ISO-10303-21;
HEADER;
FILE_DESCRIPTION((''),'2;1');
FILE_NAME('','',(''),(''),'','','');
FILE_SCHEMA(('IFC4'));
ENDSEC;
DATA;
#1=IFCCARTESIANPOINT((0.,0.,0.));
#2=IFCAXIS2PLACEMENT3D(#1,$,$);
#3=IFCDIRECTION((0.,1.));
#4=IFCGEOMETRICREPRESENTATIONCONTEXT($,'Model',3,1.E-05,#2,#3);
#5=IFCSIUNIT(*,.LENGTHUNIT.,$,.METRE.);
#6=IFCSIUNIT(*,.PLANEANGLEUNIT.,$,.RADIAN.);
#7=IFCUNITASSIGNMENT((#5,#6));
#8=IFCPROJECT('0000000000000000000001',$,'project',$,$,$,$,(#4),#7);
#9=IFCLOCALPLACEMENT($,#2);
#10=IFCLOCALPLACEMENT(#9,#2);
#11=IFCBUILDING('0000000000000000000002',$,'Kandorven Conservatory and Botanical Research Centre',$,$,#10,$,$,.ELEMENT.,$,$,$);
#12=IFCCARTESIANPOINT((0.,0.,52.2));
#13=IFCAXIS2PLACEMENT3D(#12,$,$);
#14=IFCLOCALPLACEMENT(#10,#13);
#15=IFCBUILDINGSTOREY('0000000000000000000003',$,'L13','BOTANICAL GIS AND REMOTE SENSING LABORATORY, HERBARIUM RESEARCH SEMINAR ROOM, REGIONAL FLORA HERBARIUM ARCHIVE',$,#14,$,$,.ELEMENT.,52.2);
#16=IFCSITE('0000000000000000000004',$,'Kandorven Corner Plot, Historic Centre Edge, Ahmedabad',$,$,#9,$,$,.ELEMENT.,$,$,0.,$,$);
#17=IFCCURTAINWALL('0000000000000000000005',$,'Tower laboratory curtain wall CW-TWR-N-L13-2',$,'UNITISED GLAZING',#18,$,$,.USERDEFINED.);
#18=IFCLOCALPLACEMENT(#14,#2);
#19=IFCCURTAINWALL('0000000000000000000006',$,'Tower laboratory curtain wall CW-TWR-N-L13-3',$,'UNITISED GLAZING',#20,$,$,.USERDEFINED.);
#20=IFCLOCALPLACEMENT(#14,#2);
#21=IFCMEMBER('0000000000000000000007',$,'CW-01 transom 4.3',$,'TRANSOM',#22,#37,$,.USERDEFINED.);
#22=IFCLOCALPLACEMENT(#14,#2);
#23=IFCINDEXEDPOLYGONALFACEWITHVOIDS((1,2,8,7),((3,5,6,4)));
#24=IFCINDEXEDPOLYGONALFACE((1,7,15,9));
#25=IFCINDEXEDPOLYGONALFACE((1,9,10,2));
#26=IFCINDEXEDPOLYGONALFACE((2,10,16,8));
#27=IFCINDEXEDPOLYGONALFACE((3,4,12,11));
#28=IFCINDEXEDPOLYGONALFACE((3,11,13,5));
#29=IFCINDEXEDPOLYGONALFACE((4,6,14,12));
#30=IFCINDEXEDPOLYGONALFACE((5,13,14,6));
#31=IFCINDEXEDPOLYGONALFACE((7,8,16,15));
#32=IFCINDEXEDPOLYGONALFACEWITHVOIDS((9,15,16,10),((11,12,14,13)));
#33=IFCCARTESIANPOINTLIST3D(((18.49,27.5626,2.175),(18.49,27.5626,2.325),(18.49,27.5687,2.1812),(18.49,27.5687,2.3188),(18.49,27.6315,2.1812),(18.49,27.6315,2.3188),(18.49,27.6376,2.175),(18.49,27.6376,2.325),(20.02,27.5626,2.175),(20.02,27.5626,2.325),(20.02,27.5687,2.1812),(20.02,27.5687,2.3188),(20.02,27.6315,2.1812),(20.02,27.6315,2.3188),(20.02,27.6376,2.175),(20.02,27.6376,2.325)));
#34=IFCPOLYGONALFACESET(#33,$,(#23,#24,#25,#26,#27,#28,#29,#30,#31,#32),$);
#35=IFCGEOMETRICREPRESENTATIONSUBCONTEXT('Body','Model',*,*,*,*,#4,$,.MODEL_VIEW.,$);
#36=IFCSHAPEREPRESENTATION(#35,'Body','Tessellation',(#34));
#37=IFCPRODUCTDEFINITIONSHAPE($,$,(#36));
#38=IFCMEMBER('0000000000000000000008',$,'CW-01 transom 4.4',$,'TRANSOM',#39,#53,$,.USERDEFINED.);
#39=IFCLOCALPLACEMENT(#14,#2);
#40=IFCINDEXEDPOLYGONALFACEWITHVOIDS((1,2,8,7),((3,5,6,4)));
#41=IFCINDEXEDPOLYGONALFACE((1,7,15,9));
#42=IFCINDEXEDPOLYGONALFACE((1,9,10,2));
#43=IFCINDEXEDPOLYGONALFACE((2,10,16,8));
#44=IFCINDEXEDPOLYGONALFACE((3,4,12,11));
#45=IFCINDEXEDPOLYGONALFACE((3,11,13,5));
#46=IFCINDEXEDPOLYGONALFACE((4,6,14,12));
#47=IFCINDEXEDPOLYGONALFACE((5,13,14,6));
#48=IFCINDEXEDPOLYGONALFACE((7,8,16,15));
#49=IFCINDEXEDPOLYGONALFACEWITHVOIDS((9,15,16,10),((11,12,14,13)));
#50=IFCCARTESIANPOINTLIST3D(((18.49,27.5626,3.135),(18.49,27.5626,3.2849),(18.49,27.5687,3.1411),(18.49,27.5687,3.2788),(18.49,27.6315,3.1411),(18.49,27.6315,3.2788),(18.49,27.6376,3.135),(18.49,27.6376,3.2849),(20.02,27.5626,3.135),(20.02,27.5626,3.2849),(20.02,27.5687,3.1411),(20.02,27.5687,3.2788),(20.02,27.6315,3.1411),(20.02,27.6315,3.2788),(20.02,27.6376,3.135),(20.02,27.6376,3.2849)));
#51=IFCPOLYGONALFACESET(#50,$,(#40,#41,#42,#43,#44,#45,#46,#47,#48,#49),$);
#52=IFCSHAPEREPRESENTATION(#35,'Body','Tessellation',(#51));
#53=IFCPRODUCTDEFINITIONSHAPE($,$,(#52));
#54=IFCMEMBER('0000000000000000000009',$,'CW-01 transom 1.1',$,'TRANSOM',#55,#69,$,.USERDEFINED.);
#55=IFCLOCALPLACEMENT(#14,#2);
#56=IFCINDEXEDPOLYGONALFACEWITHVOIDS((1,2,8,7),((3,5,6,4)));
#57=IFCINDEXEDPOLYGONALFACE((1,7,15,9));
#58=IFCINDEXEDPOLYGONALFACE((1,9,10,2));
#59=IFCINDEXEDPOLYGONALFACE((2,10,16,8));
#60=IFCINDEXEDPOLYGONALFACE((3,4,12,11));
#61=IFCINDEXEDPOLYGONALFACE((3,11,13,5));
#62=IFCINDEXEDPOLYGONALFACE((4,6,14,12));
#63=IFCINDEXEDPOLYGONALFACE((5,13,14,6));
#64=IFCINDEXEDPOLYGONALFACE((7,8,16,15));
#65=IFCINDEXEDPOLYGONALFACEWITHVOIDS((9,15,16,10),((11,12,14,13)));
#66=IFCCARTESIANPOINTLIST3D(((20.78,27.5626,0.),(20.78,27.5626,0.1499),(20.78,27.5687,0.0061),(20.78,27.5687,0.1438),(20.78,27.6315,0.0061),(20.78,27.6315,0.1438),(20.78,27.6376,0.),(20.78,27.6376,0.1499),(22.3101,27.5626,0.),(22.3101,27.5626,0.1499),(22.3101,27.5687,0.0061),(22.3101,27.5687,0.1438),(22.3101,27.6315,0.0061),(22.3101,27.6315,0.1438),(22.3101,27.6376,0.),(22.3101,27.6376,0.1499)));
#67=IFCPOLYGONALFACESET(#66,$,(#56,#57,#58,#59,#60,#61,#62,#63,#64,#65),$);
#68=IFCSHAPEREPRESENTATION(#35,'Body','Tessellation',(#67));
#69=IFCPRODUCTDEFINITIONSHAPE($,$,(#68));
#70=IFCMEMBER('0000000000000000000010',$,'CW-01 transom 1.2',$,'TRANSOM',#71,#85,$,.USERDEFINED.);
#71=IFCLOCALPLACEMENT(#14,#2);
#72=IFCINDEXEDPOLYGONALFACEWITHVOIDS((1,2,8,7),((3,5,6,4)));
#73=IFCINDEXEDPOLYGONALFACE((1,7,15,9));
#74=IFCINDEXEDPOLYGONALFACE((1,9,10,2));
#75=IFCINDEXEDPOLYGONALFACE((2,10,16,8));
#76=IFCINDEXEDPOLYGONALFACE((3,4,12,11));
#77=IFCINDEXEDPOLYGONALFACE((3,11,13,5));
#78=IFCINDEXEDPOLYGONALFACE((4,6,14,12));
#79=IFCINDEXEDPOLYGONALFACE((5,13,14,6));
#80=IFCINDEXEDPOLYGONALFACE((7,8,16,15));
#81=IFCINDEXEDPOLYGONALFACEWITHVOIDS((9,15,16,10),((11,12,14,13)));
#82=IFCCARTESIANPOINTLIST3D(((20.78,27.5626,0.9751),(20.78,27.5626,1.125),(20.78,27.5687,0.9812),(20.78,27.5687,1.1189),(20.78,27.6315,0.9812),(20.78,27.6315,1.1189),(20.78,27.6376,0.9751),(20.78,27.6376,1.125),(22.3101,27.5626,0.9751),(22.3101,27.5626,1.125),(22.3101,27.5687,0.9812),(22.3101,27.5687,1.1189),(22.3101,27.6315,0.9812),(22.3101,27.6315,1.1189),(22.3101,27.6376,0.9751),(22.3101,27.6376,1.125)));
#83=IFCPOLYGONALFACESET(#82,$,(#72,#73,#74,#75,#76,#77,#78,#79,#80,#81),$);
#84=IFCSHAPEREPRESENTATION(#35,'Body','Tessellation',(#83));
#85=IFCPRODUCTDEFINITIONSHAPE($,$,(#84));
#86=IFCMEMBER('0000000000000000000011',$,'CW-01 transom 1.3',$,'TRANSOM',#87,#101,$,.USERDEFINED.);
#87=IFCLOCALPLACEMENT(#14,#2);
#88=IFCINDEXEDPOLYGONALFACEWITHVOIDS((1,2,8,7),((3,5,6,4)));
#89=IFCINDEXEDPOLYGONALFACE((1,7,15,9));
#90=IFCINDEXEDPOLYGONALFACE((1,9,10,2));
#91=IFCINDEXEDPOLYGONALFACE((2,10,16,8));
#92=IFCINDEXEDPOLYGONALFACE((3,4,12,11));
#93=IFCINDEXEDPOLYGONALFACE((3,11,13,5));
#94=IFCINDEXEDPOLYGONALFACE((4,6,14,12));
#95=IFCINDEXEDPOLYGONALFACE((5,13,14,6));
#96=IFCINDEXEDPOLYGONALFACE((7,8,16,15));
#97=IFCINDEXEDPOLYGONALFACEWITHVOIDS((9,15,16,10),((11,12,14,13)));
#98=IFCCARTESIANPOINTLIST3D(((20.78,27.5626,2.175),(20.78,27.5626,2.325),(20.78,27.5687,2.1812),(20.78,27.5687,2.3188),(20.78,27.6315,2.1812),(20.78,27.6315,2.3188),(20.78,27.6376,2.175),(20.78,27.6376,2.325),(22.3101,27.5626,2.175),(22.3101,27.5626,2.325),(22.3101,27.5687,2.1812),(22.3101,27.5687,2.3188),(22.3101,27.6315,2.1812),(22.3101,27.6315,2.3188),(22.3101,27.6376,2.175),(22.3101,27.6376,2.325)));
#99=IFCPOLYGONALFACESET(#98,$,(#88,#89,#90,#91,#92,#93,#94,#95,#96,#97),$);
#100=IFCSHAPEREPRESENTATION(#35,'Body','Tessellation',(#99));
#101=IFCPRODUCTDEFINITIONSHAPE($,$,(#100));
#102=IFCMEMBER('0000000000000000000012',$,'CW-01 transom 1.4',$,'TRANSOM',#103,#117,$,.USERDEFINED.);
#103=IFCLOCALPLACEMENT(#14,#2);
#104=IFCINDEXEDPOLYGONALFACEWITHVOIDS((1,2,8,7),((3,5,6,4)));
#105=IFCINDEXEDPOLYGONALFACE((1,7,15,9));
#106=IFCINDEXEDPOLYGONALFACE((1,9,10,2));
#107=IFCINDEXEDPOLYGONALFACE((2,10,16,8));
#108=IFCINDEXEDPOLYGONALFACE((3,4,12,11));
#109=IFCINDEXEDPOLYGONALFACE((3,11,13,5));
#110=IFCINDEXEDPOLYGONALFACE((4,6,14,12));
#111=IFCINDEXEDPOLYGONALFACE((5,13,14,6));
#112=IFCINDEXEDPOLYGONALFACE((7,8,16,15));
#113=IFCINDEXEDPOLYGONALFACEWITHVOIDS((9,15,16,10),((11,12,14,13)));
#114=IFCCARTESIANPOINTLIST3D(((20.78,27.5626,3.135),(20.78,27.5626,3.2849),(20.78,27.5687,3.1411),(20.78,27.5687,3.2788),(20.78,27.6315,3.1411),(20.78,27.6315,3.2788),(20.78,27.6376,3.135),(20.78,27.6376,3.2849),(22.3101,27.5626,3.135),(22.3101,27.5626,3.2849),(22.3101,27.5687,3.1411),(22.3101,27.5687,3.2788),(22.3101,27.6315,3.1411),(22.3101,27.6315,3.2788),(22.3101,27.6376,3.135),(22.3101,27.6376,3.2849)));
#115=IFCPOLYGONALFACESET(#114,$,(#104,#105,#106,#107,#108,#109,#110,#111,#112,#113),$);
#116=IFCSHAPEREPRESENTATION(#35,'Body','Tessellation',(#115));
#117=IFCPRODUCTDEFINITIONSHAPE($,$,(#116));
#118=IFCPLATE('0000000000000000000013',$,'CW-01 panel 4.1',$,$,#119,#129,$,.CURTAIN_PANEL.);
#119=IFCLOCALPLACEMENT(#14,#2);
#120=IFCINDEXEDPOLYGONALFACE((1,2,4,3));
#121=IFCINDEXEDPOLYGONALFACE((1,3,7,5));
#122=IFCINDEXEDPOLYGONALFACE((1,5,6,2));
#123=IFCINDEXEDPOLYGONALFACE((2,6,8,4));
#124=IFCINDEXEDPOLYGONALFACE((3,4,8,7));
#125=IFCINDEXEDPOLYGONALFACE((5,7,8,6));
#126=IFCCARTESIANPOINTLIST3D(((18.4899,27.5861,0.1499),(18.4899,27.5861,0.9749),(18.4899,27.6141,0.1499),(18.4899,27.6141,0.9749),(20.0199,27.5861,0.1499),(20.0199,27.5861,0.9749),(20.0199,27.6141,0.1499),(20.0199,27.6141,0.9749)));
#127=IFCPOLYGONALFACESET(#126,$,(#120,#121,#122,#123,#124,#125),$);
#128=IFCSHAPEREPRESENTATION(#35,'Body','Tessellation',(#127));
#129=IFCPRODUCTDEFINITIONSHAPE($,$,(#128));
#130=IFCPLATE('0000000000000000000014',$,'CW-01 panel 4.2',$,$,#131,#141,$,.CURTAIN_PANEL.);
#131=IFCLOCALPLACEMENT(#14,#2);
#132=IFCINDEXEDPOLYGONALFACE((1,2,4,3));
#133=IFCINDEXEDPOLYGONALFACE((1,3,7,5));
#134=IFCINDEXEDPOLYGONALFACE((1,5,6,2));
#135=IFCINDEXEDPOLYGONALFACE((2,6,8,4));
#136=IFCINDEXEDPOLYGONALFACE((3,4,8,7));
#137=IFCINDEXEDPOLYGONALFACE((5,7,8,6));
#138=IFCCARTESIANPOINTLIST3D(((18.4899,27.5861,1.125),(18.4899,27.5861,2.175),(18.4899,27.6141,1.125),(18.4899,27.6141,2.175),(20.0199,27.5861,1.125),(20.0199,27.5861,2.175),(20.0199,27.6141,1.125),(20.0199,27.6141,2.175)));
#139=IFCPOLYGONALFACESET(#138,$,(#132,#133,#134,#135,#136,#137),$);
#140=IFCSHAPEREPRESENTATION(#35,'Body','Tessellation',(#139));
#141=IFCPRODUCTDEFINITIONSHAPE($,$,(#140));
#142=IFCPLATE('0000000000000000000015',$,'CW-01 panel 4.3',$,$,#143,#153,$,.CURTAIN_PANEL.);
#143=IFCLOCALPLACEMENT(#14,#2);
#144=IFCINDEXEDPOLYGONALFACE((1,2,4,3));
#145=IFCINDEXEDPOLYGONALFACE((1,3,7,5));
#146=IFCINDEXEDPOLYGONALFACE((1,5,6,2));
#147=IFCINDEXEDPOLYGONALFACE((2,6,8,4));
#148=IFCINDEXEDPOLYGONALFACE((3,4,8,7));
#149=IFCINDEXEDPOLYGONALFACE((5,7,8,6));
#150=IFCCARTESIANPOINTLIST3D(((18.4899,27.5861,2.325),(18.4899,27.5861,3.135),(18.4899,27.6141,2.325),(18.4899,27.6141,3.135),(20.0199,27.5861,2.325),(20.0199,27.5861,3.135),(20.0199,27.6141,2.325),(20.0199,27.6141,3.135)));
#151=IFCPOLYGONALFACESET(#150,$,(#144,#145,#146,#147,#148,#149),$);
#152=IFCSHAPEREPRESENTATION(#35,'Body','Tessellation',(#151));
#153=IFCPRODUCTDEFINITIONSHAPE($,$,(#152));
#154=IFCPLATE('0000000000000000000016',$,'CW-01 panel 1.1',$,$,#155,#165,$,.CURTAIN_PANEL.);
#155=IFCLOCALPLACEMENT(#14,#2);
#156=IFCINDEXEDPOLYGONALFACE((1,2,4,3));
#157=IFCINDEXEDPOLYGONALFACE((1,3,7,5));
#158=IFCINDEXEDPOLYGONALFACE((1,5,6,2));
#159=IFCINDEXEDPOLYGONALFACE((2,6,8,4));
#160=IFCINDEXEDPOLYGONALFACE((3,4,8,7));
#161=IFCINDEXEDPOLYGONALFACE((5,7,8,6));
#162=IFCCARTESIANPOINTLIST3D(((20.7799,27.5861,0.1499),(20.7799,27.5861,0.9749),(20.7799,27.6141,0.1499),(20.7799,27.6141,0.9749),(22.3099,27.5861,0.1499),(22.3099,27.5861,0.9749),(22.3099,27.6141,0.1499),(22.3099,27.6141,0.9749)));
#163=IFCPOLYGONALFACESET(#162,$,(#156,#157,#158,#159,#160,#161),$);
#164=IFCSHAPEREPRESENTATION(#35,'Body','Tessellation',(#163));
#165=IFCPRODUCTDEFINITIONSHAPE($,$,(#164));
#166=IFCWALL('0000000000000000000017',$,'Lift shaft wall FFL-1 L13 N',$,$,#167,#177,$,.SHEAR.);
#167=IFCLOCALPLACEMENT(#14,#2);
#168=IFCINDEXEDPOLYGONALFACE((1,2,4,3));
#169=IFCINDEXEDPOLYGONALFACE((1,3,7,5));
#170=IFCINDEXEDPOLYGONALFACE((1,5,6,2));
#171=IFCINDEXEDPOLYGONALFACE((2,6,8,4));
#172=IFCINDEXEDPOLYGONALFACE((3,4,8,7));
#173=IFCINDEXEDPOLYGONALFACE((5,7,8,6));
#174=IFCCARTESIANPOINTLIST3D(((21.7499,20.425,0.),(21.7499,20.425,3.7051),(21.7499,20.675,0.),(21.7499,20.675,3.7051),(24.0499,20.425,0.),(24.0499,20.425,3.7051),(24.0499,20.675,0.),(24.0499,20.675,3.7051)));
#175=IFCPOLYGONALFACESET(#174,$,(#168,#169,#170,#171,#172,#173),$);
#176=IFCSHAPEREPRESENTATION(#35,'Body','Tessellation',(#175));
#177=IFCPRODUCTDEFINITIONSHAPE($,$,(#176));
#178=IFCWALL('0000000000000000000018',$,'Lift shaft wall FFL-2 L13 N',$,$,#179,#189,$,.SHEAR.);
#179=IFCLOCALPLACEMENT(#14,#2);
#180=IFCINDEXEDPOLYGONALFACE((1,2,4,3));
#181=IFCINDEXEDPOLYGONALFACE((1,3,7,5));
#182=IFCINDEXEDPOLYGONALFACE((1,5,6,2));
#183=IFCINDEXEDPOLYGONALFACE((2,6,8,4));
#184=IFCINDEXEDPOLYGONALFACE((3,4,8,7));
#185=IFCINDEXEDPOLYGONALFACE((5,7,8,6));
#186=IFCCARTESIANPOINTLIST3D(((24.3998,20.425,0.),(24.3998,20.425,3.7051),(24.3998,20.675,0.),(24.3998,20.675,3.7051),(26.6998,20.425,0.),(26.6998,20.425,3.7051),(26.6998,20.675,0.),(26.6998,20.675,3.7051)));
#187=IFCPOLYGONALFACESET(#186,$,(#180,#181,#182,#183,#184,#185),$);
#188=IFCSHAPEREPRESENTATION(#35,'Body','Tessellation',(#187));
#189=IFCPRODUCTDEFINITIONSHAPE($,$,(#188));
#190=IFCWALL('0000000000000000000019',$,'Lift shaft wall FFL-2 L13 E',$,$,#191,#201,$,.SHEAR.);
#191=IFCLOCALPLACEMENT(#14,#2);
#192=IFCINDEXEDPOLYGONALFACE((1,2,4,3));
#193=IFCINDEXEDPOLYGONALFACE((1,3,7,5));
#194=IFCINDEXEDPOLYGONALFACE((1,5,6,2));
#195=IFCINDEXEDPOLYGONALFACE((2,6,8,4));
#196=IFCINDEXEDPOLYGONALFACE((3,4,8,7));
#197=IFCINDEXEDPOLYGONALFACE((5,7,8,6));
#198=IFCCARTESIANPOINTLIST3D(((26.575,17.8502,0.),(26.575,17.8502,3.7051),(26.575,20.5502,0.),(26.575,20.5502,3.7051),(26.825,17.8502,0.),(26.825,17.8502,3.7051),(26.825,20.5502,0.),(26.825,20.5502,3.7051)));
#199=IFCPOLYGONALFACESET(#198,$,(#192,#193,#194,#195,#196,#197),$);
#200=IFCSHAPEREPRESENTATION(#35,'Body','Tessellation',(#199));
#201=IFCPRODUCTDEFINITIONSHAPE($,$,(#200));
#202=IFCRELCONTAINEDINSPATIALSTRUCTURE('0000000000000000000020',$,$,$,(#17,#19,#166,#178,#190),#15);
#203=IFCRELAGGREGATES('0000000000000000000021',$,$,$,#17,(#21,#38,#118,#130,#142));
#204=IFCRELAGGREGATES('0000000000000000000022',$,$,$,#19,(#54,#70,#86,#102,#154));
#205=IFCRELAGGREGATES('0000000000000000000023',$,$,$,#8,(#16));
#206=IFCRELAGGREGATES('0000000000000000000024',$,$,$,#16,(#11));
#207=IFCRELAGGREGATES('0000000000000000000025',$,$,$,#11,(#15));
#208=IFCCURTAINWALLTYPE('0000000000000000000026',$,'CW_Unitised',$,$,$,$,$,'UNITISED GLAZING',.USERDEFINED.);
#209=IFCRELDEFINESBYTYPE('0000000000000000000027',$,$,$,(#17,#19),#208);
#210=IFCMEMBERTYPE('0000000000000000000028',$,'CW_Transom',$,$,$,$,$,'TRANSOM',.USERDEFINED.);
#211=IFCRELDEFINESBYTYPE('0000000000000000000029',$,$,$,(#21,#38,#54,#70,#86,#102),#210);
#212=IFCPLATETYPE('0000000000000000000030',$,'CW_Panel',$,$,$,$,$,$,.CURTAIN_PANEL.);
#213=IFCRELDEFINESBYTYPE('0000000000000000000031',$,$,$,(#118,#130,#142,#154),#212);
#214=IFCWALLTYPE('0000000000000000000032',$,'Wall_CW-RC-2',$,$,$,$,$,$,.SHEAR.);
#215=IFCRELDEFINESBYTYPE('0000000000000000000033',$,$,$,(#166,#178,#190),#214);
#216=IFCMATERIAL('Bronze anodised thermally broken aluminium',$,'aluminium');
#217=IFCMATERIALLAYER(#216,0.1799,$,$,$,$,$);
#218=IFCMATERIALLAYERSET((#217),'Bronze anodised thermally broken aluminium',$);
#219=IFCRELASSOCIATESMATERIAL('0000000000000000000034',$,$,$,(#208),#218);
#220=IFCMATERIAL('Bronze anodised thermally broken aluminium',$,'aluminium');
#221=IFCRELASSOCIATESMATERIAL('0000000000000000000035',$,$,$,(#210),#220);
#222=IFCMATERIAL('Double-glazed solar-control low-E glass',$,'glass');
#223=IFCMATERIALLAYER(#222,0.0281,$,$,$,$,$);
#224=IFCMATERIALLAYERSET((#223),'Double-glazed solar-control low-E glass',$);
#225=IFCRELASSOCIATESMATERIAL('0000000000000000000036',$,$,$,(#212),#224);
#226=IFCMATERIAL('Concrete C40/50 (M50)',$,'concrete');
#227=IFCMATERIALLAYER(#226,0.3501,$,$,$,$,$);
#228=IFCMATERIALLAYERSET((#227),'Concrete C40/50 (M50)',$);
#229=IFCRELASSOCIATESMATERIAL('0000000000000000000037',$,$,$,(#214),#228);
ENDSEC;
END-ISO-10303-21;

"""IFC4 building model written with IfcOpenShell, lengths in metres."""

from ifc_helpers import new_model, si_unit, direction, frame, frame_2d, origin, origin_2d, place, context, subcontext, project, spatial, rectangle, hollow_rectangle, extrude, material, layer, layer_set, material_profile, profile_set, type_object, element, aggregate, save


model = new_model("IFC4")

# Units and contexts
model_context = context("Model", 3, precision=1e-05, world=origin(), true_north=direction((0.0, 1.0)))
body_context = subcontext(model_context, "Body", "Model", "MODEL_VIEW")
ifc_project = project(units=[si_unit("LENGTHUNIT", "METRE"), si_unit("PLANEANGLEUNIT", "RADIAN")], contexts=[model_context])

# Site, building, storey
site_placement = place(None, origin())
site = spatial("IfcSite", under=ifc_project, at=site_placement, Name="Kandorven Corner Plot, Historic Centre Edge, Ahmedabad", CompositionType="ELEMENT", RefElevation=0.0)
building_placement = place(site_placement, origin())
building = spatial("IfcBuilding", under=site, at=building_placement, Name="Kandorven Conservatory and Botanical Research Centre", CompositionType="ELEMENT")
storey_placement = place(building_placement, frame((0.0, 0.0, 52.2)))
storey = spatial("IfcBuildingStorey", under=building, at=storey_placement, Name="L13", Description="BOTANICAL GIS AND REMOTE SENSING LABORATORY, HERBARIUM RESEARCH SEMINAR ROOM, REGIONAL FLORA HERBARIUM ARCHIVE", CompositionType="ELEMENT", Elevation=52.2)

# Curtain walls
ifc_material_1 = material(Name="Bronze anodised thermally broken aluminium", Category="aluminium")
ifc_layer_1 = layer(ifc_material_1, 0.1799)
ifc_layer_set_1 = layer_set([ifc_layer_1], Name="Bronze anodised thermally broken aluminium")
curtain_wall_type = type_object("IfcCurtainWallType", Name="CW_Unitised", ElementType="UNITISED GLAZING", PredefinedType="USERDEFINED", material=ifc_layer_set_1)
curtain_wall_1_placement = place(storey_placement, origin())
curtain_wall_1 = element("IfcCurtainWall", 1, at=curtain_wall_1_placement, inside=storey, type_object=curtain_wall_type, Name="Tower laboratory curtain wall CW-TWR-N-L13-2", ObjectType="UNITISED GLAZING", PredefinedType="USERDEFINED")
curtain_wall_2_placement = place(storey_placement, origin())
curtain_wall_2 = element("IfcCurtainWall", 2, at=curtain_wall_2_placement, inside=storey, type_object=curtain_wall_type, Name="Tower laboratory curtain wall CW-TWR-N-L13-3", ObjectType="UNITISED GLAZING", PredefinedType="USERDEFINED")

# Members
ifc_material_2 = material(Name="Bronze anodised thermally broken aluminium", Category="aluminium")
ifc_material_profile_1 = material_profile(ifc_material_2, hollow_rectangle(XDim=0.075, YDim=0.1499, WallThickness=0.0061, at=origin_2d()))
ifc_profile_set_1 = profile_set([ifc_material_profile_1], Name="Bronze anodised thermally broken aluminium")
member_type_1 = type_object("IfcMemberType", Name="CW_Transom", ElementType="TRANSOM", PredefinedType="USERDEFINED", material=ifc_profile_set_1)
member_1_placement = place(storey_placement, frame((18.49, 27.6001, 2.25), z_axis=(1.0, 0.0, 0.0), x_axis=(0.0, 1.0, 0.0)))
member_1 = element("IfcMember", 3, at=member_1_placement, type_object=member_type_1, Name="CW-01 transom 4.3", ObjectType="TRANSOM", PredefinedType="USERDEFINED", context=body_context, shape_type="SweptSolid", body=[
    extrude(hollow_rectangle(XDim=0.075, YDim=0.1499, WallThickness=0.0061, at=origin_2d()), origin(), (0.0, 0.0, 1.0), 1.53),
])
member_2_placement = place(storey_placement, frame((18.49, 27.6001, 3.21), z_axis=(1.0, 0.0, 0.0), x_axis=(0.0, 1.0, 0.0)))
member_2 = element("IfcMember", 4, at=member_2_placement, type_object=member_type_1, Name="CW-01 transom 4.4", ObjectType="TRANSOM", PredefinedType="USERDEFINED", context=body_context, shape_type="SweptSolid", body=[
    extrude(hollow_rectangle(XDim=0.075, YDim=0.1499, WallThickness=0.0061, at=origin_2d()), origin(), (0.0, 0.0, 1.0), 1.53),
])
member_3_placement = place(storey_placement, frame((20.78, 27.6001, 0.075), z_axis=(1.0, 0.0, 0.0), x_axis=(0.0, 1.0, 0.0)))
member_3 = element("IfcMember", 5, at=member_3_placement, type_object=member_type_1, Name="CW-01 transom 1.1", ObjectType="TRANSOM", PredefinedType="USERDEFINED", context=body_context, shape_type="SweptSolid", body=[
    extrude(hollow_rectangle(XDim=0.075, YDim=0.1499, WallThickness=0.0061, at=origin_2d()), origin(), (0.0, 0.0, 1.0), 1.53),
])
member_4_placement = place(storey_placement, frame((20.78, 27.6001, 1.05), z_axis=(1.0, 0.0, 0.0), x_axis=(0.0, 1.0, 0.0)))
member_4 = element("IfcMember", 6, at=member_4_placement, type_object=member_type_1, Name="CW-01 transom 1.2", ObjectType="TRANSOM", PredefinedType="USERDEFINED", context=body_context, shape_type="SweptSolid", body=[
    extrude(hollow_rectangle(XDim=0.075, YDim=0.1499, WallThickness=0.0061, at=origin_2d()), origin(), (0.0, 0.0, 1.0), 1.53),
])
member_5_placement = place(storey_placement, frame((20.78, 27.6001, 2.25), z_axis=(1.0, 0.0, 0.0), x_axis=(0.0, 1.0, 0.0)))
member_5 = element("IfcMember", 7, at=member_5_placement, type_object=member_type_1, Name="CW-01 transom 1.3", ObjectType="TRANSOM", PredefinedType="USERDEFINED", context=body_context, shape_type="SweptSolid", body=[
    extrude(hollow_rectangle(XDim=0.075, YDim=0.1499, WallThickness=0.0061, at=origin_2d()), origin(), (0.0, 0.0, 1.0), 1.53),
])
member_6_placement = place(storey_placement, frame((20.78, 27.6001, 3.21), z_axis=(1.0, 0.0, 0.0), x_axis=(0.0, 1.0, 0.0)))
member_6 = element("IfcMember", 8, at=member_6_placement, type_object=member_type_1, Name="CW-01 transom 1.4", ObjectType="TRANSOM", PredefinedType="USERDEFINED", context=body_context, shape_type="SweptSolid", body=[
    extrude(hollow_rectangle(XDim=0.075, YDim=0.1499, WallThickness=0.0061, at=origin_2d()), origin(), (0.0, 0.0, 1.0), 1.53),
])

# Plates
ifc_material_3 = material(Name="Double-glazed solar-control low-E glass", Category="glass")
ifc_layer_2 = layer(ifc_material_3, 0.0281)
ifc_layer_set_2 = layer_set([ifc_layer_2], Name="Double-glazed solar-control low-E glass")
plate_type = type_object("IfcPlateType", Name="CW_Panel", PredefinedType="CURTAIN_PANEL", material=ifc_layer_set_2)
plate_1_placement = place(storey_placement, frame((19.2549, 27.6001, 0.1499), z_axis=(0.0, 0.0, 1.0), x_axis=(1.0, 0.0, 0.0)))
plate_1 = element("IfcPlate", 9, at=plate_1_placement, type_object=plate_type, Name="CW-01 panel 4.1", PredefinedType="CURTAIN_PANEL", context=body_context, shape_type="SweptSolid", body=[
    extrude(rectangle(XDim=1.53, YDim=0.0281, at=origin_2d()), origin(), (0.0, 0.0, 1.0), 0.825),
])
plate_2_placement = place(storey_placement, frame((19.2549, 27.6001, 1.125), z_axis=(0.0, 0.0, 1.0), x_axis=(1.0, 0.0, 0.0)))
plate_2 = element("IfcPlate", 10, at=plate_2_placement, type_object=plate_type, Name="CW-01 panel 4.2", PredefinedType="CURTAIN_PANEL", context=body_context, shape_type="SweptSolid", body=[
    extrude(rectangle(XDim=1.53, YDim=0.0281, at=origin_2d()), origin(), (0.0, 0.0, 1.0), 1.05),
])
plate_3_placement = place(storey_placement, frame((19.2549, 27.6001, 2.325), z_axis=(0.0, 0.0, 1.0), x_axis=(1.0, 0.0, 0.0)))
plate_3 = element("IfcPlate", 11, at=plate_3_placement, type_object=plate_type, Name="CW-01 panel 4.3", PredefinedType="CURTAIN_PANEL", context=body_context, shape_type="SweptSolid", body=[
    extrude(rectangle(XDim=1.53, YDim=0.0281, at=origin_2d()), origin(), (0.0, 0.0, 1.0), 0.8101),
])
aggregate(curtain_wall_1, [member_1, member_2, plate_1, plate_2, plate_3])
plate_4_placement = place(storey_placement, frame((21.5449, 27.6001, 0.1499), z_axis=(0.0, 0.0, 1.0), x_axis=(1.0, 0.0, 0.0)))
plate_4 = element("IfcPlate", 12, at=plate_4_placement, type_object=plate_type, Name="CW-01 panel 1.1", PredefinedType="CURTAIN_PANEL", context=body_context, shape_type="SweptSolid", body=[
    extrude(rectangle(XDim=1.53, YDim=0.0281, at=origin_2d()), origin(), (0.0, 0.0, 1.0), 0.825),
])
aggregate(curtain_wall_2, [member_3, member_4, member_5, member_6, plate_4])

# Walls
ifc_material_4 = material(Name="Concrete C40/50 (M50)", Category="concrete")
ifc_layer_3 = layer(ifc_material_4, 0.3501)
ifc_layer_set_3 = layer_set([ifc_layer_3], Name="Concrete C40/50 (M50)")
wall_type_1 = type_object("IfcWallType", Name="Wall_CW-RC-2", PredefinedType="SHEAR", material=ifc_layer_set_3)
for number, where, z_axis, x_axis, name in (
    (13, (21.75, 20.55, 0.0), (0.0, 0.0, 1.0), (1.0, 0.0, 0.0), "Lift shaft wall FFL-1 L13 N"),
    (14, (24.3999, 20.55, 0.0), (0.0, 0.0, 1.0), (1.0, 0.0, 0.0), "Lift shaft wall FFL-2 L13 N"),
):
    element("IfcWall", number, at=place(storey_placement, frame(where, z_axis=z_axis, x_axis=x_axis)), inside=storey, type_object=wall_type_1, Name=name, PredefinedType="SHEAR", context=body_context, shape_type="SweptSolid", body=[
        extrude(rectangle(XDim=2.3, YDim=0.25, at=frame_2d((1.1499, 0.0))), origin(), (0.0, 0.0, 1.0), 3.7051),
    ])
wall_1_placement = place(storey_placement, frame((26.7, 17.8501, 0.0), z_axis=(0.0, 0.0, 1.0), x_axis=(0.0, 1.0, 0.0)))
element("IfcWall", 15, at=wall_1_placement, inside=storey, type_object=wall_type_1, Name="Lift shaft wall FFL-2 L13 E", PredefinedType="SHEAR", context=body_context, shape_type="SweptSolid", body=[
    extrude(rectangle(XDim=2.7, YDim=0.25, at=frame_2d((1.3501, 0.0))), origin(), (0.0, 0.0, 1.0), 3.7051),
])

save(model, "model.ifc")
